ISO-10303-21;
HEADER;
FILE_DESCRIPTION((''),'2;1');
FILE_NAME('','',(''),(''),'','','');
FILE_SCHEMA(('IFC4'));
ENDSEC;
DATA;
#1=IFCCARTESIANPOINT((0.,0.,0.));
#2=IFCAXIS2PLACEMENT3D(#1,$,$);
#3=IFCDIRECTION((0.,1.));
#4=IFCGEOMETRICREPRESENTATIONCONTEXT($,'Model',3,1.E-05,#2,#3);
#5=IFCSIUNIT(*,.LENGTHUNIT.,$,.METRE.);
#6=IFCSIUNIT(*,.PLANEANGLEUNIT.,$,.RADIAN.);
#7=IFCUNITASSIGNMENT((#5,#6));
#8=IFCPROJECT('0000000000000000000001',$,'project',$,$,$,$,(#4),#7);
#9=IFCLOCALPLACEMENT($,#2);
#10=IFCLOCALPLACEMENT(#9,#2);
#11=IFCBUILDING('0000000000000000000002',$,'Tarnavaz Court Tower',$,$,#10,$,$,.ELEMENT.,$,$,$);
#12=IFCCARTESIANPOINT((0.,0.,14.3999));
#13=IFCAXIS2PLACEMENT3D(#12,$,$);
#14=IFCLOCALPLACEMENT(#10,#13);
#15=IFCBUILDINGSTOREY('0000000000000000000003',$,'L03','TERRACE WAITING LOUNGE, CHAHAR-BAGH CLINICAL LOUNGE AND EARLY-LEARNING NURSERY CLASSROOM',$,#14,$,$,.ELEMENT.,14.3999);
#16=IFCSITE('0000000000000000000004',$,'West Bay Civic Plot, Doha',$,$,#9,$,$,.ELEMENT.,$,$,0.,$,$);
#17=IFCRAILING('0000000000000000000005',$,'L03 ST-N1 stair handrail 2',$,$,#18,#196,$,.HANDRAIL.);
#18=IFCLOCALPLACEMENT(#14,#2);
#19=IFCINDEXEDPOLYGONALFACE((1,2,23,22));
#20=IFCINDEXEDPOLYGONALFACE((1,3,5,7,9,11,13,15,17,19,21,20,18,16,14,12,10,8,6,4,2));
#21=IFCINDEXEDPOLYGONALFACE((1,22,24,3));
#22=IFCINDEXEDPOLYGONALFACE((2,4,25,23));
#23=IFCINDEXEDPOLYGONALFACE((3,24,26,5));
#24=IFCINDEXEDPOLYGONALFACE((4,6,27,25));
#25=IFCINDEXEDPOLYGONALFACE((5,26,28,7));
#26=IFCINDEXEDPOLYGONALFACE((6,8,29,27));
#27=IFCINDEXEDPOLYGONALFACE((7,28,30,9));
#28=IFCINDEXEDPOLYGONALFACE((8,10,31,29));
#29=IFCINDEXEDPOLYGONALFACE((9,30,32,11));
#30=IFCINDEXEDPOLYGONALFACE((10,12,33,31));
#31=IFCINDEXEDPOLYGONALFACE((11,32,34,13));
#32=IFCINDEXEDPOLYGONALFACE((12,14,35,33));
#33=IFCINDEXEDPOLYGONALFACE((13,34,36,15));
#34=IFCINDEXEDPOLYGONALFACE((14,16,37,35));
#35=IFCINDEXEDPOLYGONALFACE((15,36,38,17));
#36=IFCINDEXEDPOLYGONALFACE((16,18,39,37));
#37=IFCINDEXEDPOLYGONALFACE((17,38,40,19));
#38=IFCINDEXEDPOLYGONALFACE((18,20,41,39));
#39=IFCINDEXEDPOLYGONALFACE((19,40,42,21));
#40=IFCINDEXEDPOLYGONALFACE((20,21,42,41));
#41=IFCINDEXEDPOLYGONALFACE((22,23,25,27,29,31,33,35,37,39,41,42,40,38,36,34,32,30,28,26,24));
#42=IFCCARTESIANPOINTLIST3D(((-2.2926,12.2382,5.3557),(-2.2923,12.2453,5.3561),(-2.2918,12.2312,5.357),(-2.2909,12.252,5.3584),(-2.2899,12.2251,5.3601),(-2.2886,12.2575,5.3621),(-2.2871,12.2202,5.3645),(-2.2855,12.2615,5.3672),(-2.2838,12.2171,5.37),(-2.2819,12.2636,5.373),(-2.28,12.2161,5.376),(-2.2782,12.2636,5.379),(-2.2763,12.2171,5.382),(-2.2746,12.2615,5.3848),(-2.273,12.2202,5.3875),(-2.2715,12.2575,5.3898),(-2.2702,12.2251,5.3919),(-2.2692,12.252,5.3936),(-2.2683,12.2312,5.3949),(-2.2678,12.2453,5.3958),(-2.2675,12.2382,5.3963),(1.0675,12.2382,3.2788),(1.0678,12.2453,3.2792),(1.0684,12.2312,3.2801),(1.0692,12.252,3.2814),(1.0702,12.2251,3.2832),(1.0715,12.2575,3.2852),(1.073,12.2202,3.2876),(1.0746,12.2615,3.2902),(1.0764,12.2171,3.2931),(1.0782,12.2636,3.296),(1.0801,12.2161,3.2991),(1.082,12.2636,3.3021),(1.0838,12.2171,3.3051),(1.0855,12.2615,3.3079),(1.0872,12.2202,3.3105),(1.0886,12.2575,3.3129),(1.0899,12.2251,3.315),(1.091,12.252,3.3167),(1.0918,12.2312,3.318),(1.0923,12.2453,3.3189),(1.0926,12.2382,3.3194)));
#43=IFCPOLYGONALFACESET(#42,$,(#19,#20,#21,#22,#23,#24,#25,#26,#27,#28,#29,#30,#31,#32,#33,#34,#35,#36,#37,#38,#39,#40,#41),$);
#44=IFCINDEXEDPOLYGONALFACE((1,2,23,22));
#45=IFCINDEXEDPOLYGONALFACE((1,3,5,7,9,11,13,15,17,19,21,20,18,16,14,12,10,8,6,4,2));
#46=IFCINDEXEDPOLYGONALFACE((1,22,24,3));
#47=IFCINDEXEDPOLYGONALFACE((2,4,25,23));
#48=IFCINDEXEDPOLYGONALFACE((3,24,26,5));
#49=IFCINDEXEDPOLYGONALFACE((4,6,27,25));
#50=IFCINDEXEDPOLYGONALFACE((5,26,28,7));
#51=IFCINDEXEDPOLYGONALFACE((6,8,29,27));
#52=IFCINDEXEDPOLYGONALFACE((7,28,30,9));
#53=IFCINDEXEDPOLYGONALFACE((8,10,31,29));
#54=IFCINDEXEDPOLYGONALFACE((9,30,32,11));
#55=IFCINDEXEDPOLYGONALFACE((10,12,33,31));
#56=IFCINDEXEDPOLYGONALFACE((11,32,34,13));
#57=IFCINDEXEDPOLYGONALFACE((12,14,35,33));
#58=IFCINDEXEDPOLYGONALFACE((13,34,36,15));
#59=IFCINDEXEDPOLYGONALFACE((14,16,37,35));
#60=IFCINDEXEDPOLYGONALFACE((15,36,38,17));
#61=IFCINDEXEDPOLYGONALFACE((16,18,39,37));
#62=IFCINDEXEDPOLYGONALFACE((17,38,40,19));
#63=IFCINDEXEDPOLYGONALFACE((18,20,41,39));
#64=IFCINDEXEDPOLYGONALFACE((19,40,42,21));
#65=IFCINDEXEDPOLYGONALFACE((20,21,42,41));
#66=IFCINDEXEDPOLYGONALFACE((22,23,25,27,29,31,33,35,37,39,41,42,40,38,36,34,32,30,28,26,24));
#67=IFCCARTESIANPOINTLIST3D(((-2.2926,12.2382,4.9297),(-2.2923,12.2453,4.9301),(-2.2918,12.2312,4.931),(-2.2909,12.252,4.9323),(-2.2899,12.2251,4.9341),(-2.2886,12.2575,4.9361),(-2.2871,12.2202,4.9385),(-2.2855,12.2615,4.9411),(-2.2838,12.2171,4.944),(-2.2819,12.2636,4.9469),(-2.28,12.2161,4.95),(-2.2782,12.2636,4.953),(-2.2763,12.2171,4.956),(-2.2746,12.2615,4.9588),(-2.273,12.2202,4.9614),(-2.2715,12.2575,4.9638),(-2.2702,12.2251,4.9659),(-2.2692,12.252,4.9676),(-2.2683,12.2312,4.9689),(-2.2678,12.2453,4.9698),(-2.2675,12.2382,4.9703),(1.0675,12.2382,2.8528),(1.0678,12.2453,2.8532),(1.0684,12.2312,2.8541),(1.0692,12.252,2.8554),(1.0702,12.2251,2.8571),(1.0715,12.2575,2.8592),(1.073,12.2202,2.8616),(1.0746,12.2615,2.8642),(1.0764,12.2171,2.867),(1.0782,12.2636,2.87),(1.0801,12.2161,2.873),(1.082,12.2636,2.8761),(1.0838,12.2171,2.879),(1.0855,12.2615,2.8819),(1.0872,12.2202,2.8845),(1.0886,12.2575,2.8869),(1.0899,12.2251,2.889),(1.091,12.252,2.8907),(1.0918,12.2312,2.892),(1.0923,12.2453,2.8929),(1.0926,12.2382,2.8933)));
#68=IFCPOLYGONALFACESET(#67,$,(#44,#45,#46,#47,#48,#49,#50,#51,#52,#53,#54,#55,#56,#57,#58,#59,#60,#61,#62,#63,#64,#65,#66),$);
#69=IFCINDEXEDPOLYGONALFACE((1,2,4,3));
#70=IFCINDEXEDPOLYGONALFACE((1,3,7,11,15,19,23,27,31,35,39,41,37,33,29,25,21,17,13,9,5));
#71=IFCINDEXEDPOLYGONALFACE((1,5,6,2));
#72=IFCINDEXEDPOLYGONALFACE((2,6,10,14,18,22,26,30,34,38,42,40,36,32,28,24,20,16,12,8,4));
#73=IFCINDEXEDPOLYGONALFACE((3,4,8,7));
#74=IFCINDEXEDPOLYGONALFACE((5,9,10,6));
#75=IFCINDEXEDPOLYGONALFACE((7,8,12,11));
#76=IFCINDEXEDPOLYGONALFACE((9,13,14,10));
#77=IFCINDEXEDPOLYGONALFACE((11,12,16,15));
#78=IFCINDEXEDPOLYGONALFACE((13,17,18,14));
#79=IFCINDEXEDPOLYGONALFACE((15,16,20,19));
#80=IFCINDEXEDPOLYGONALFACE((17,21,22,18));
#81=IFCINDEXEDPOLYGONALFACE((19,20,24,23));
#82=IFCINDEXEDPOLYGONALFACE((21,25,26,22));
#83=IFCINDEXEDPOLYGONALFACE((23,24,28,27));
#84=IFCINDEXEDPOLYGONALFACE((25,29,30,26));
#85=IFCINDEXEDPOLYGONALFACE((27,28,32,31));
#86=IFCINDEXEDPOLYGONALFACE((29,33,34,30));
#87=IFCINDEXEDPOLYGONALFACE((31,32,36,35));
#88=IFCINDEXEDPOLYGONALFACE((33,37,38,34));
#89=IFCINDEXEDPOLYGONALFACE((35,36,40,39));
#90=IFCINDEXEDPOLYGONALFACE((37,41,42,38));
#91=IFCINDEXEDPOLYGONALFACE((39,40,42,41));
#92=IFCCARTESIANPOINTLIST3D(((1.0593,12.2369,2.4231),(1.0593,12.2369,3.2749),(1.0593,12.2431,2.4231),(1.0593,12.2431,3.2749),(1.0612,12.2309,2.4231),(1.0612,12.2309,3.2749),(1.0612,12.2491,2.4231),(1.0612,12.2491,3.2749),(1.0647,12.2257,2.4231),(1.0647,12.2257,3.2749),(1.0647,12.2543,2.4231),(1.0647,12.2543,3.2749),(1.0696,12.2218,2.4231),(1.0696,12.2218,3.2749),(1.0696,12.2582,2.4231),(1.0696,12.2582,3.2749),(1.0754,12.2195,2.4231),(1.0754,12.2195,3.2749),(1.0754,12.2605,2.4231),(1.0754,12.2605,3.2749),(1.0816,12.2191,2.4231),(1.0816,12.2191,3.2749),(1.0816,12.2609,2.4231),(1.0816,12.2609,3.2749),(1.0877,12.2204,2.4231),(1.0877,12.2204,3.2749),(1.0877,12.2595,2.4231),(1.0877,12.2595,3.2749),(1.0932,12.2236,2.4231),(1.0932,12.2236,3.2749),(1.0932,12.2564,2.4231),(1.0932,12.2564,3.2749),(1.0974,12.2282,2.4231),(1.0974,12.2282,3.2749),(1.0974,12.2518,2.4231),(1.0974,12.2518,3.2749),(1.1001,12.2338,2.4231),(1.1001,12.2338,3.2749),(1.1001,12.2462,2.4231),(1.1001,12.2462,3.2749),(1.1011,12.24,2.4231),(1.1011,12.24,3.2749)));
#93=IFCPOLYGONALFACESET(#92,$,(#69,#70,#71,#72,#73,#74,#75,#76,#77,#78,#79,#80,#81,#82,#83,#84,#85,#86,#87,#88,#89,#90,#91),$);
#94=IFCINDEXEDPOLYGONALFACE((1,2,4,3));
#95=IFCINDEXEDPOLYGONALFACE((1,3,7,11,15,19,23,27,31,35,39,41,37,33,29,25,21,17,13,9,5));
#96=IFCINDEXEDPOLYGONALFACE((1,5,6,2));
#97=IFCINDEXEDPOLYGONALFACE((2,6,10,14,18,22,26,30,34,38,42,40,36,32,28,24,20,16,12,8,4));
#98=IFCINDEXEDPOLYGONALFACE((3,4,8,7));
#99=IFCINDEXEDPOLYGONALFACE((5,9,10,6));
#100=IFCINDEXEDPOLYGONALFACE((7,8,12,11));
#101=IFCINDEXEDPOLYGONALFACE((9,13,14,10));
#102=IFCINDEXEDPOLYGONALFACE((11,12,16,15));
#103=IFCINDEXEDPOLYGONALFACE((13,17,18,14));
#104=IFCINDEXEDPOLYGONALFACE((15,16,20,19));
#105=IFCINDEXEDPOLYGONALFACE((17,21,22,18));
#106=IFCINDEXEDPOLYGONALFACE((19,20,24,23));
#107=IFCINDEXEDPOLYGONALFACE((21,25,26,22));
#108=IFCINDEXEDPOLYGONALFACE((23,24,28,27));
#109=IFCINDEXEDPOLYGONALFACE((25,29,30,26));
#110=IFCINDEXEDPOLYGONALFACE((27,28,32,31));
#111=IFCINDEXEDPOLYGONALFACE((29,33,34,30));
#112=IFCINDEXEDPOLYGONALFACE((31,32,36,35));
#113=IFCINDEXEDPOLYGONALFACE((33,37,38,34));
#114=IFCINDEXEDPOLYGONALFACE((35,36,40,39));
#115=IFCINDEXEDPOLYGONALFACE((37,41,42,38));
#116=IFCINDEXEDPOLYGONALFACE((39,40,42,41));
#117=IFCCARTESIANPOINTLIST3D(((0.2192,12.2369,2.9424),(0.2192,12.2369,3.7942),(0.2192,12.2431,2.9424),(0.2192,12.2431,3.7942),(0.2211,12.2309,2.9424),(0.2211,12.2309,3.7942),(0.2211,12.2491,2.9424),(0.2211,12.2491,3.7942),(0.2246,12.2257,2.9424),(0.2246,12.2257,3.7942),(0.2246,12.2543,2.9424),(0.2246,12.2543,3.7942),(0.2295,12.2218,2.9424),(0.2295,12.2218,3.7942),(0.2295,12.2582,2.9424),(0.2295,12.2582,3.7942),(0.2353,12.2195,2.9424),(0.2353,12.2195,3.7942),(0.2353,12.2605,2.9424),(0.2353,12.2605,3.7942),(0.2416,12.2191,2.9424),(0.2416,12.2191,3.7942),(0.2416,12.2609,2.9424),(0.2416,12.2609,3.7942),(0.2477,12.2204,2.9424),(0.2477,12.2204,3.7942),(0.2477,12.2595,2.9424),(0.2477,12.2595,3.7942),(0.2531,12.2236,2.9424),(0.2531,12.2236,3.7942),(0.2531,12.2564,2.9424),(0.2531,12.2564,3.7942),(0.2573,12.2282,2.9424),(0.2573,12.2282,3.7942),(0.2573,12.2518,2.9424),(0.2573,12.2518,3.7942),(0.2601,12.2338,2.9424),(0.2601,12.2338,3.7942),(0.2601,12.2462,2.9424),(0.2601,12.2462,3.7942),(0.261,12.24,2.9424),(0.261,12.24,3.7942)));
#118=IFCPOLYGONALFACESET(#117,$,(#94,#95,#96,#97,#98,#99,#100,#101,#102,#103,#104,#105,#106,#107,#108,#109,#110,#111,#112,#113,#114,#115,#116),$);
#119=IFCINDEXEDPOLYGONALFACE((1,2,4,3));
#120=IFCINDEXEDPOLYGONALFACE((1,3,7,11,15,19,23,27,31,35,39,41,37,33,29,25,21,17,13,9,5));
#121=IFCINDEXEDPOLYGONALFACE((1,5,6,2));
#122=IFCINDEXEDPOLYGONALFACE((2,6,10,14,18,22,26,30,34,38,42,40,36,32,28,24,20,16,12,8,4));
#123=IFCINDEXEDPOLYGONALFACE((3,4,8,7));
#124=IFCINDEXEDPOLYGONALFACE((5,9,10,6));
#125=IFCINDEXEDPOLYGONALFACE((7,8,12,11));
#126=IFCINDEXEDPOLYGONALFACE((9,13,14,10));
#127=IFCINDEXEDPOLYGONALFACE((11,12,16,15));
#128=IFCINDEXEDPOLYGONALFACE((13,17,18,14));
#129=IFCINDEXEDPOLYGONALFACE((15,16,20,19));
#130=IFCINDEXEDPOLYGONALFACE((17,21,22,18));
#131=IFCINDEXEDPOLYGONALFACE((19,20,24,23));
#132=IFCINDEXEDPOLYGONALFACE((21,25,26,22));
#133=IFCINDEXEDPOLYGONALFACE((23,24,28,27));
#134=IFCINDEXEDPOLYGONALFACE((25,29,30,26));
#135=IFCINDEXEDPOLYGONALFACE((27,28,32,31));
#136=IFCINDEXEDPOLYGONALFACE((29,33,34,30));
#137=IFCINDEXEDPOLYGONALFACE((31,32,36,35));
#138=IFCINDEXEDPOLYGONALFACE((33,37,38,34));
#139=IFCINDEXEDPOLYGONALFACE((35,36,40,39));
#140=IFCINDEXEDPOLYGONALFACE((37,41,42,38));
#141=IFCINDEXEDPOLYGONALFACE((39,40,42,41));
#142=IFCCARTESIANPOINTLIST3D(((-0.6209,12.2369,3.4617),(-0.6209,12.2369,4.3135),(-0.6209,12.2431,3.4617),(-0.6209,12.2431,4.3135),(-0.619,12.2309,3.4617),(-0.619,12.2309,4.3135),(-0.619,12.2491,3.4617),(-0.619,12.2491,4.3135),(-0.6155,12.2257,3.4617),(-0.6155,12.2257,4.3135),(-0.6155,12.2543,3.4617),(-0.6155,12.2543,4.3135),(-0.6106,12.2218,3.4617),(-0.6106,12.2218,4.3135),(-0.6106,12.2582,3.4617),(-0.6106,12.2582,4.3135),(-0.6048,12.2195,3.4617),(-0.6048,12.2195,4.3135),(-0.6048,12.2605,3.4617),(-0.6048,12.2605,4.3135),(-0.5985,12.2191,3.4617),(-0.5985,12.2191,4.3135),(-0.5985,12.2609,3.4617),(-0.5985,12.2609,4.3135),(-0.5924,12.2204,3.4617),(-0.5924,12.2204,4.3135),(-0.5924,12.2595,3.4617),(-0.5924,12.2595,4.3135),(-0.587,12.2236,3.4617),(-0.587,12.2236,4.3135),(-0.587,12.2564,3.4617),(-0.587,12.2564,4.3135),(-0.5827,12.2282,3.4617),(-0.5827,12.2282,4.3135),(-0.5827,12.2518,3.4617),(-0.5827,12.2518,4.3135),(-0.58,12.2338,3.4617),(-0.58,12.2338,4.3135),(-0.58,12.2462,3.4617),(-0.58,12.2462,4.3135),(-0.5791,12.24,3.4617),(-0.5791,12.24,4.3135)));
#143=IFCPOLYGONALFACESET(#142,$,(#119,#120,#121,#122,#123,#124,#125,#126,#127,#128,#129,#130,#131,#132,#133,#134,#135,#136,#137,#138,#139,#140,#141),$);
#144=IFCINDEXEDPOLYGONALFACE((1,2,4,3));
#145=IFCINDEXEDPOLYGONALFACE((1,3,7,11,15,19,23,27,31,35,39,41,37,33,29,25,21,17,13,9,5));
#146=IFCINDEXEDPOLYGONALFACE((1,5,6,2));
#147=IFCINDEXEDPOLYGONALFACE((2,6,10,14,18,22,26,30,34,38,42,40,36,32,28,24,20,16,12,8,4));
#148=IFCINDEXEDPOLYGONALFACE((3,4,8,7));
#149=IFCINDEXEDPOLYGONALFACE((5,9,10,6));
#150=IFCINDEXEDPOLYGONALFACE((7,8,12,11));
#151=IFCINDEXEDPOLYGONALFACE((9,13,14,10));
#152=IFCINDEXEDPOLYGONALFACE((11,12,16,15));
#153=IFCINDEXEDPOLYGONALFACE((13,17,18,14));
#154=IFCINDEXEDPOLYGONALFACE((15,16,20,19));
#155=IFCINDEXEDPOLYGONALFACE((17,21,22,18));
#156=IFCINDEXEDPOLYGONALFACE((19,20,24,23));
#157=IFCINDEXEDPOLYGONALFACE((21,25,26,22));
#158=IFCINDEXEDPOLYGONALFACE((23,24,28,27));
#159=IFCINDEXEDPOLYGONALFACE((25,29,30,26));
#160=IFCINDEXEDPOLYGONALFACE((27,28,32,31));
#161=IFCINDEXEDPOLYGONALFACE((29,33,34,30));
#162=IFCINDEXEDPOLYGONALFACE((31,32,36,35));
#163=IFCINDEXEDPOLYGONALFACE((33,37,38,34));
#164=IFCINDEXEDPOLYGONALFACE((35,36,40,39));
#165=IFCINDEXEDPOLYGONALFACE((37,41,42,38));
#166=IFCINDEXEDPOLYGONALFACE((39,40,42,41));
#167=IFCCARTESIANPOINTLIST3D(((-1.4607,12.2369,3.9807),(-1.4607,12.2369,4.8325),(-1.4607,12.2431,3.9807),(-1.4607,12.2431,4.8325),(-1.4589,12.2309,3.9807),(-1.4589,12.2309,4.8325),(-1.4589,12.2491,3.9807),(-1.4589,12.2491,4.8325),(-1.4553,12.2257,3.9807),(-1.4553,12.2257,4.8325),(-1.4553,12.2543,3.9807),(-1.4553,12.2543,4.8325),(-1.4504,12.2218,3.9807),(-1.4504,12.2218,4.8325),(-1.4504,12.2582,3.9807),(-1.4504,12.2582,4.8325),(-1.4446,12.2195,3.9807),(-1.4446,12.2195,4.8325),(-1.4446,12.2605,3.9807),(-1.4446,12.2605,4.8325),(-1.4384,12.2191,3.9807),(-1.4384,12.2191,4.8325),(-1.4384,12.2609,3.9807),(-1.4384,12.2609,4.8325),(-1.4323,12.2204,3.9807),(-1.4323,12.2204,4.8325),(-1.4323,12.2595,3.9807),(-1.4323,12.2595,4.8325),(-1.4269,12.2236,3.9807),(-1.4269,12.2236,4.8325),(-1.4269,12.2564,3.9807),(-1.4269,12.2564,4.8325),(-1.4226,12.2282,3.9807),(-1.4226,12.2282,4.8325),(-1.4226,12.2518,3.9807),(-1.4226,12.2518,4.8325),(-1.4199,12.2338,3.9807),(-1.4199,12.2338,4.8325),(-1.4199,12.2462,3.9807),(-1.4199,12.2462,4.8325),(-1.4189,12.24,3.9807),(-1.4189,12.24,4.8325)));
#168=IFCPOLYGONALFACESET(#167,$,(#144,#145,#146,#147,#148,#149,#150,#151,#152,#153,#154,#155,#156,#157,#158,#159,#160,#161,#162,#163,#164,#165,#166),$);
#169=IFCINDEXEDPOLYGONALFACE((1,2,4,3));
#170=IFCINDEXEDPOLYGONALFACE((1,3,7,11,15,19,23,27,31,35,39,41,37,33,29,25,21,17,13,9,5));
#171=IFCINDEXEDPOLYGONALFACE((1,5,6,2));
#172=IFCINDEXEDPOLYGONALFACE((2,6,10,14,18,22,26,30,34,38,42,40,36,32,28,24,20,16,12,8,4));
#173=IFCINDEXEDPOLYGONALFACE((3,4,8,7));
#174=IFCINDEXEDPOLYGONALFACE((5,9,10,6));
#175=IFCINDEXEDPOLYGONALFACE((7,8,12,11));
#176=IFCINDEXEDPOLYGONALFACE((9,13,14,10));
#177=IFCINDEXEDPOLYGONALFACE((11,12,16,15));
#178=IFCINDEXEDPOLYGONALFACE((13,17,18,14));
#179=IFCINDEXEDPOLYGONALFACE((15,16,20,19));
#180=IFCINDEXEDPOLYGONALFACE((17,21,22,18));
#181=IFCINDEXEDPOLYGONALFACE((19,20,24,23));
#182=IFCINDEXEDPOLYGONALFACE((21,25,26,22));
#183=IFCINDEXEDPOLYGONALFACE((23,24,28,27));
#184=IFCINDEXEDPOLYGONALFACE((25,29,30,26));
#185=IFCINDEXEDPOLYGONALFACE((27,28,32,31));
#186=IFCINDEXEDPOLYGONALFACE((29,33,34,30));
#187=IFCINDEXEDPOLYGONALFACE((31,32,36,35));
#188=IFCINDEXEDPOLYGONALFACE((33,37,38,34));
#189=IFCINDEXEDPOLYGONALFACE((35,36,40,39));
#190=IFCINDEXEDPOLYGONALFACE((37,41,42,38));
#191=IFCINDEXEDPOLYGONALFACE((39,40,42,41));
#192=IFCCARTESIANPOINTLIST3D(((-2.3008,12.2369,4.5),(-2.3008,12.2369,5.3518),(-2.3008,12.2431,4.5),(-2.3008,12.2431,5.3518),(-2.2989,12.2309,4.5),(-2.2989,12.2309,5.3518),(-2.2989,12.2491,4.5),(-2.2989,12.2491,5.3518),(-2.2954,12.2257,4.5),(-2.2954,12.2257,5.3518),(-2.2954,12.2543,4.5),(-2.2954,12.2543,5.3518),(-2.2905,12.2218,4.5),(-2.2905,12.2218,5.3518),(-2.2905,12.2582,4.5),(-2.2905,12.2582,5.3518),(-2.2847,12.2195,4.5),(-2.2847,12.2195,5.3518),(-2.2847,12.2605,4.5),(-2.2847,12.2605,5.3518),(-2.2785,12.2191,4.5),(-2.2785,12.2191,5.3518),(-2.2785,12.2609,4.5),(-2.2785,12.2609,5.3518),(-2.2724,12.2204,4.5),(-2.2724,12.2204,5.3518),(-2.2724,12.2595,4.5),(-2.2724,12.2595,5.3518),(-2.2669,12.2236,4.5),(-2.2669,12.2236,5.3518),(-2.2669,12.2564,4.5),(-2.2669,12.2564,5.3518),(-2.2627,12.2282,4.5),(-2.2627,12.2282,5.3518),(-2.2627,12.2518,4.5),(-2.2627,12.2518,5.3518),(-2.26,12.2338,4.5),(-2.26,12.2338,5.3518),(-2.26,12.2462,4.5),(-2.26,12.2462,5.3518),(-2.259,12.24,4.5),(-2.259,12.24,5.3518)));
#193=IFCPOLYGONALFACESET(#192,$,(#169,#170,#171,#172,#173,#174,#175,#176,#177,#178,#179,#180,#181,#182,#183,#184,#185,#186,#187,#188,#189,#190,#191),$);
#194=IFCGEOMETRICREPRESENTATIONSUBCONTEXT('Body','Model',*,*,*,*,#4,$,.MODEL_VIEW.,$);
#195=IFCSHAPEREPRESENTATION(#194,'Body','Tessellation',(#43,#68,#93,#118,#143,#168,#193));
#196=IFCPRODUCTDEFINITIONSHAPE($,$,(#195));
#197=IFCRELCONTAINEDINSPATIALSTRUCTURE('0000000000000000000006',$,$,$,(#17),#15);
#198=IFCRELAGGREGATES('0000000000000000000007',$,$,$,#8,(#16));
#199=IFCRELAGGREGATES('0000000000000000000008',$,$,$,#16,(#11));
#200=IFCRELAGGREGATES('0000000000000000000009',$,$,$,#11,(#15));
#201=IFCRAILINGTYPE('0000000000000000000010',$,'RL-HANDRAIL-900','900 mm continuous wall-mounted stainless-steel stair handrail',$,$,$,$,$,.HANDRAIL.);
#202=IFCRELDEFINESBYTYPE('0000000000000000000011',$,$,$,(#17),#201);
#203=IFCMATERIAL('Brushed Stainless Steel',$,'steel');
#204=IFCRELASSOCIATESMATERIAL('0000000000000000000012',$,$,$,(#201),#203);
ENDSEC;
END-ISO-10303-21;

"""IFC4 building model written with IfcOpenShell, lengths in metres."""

from ifc_helpers import new_model, si_unit, direction, frame, origin, origin_2d, place, context, subcontext, project, spatial, circle, extrude, material, type_object, element, save


model = new_model("IFC4")

# Units and contexts
model_context = context("Model", 3, precision=1e-05, world=origin(), true_north=direction((0.0, 1.0)))
body_context = subcontext(model_context, "Body", "Model", "MODEL_VIEW")
ifc_project = project(units=[si_unit("LENGTHUNIT", "METRE"), si_unit("PLANEANGLEUNIT", "RADIAN")], contexts=[model_context])

# Site, building, storey
site_placement = place(None, origin())
site = spatial("IfcSite", under=ifc_project, at=site_placement, Name="West Bay Civic Plot, Doha", CompositionType="ELEMENT", RefElevation=0.0)
building_placement = place(site_placement, origin())
building = spatial("IfcBuilding", under=site, at=building_placement, Name="Tarnavaz Court Tower", CompositionType="ELEMENT")
storey_placement = place(building_placement, frame((0.0, 0.0, 14.3999)))
storey = spatial("IfcBuildingStorey", under=building, at=storey_placement, Name="L03", Description="TERRACE WAITING LOUNGE, CHAHAR-BAGH CLINICAL LOUNGE AND EARLY-LEARNING NURSERY CLASSROOM", CompositionType="ELEMENT", Elevation=14.3999)

# Railing
ifc_material_1 = material(Name="Brushed Stainless Steel", Category="steel")
railing_type_1 = type_object("IfcRailingType", Name="RL-HANDRAIL-900", Description="900 mm continuous wall-mounted stainless-steel stair handrail", PredefinedType="HANDRAIL", material=ifc_material_1)
railing_1_placement = place(storey_placement, frame((1.0801, 12.24, 2.4231)))
element("IfcRailing", 1, at=railing_1_placement, inside=storey, type_object=railing_type_1, Name="L03 ST-N1 stair handrail 2", PredefinedType="HANDRAIL", context=body_context, shape_type="SweptSolid", body=[
    extrude(circle(Radius=0.0239, at=origin_2d()), frame((0.0, 0.0, 0.876), z_axis=(-0.850623, 0.0, 0.525776), x_axis=(0.0, -1.0, 0.0)), (0.0, 0.0, 1.0), 3.9502),
    extrude(circle(Radius=0.0239, at=origin_2d()), frame((0.0, 0.0, 0.45), z_axis=(-0.850623, 0.0, 0.525776), x_axis=(0.0, -1.0, 0.0)), (0.0, 0.0, 1.0), 3.9502),
    extrude(circle(Radius=0.021, at=origin_2d()), origin(), (0.0, 0.0, 1.0), 0.8518),
    extrude(circle(Radius=0.021, at=origin_2d()), frame((-0.8401, 0.0, 0.5193)), (0.0, 0.0, 1.0), 0.8518),
    extrude(circle(Radius=0.021, at=origin_2d()), frame((-1.6802, 0.0, 1.0386)), (0.0, 0.0, 1.0), 0.8518),
    extrude(circle(Radius=0.021, at=origin_2d()), frame((-2.52, 0.0, 1.5576)), (0.0, 0.0, 1.0), 0.8518),
    extrude(circle(Radius=0.021, at=origin_2d()), frame((-3.3601, 0.0, 2.0769)), (0.0, 0.0, 1.0), 0.8518),
])

save(model, "model.ifc")
